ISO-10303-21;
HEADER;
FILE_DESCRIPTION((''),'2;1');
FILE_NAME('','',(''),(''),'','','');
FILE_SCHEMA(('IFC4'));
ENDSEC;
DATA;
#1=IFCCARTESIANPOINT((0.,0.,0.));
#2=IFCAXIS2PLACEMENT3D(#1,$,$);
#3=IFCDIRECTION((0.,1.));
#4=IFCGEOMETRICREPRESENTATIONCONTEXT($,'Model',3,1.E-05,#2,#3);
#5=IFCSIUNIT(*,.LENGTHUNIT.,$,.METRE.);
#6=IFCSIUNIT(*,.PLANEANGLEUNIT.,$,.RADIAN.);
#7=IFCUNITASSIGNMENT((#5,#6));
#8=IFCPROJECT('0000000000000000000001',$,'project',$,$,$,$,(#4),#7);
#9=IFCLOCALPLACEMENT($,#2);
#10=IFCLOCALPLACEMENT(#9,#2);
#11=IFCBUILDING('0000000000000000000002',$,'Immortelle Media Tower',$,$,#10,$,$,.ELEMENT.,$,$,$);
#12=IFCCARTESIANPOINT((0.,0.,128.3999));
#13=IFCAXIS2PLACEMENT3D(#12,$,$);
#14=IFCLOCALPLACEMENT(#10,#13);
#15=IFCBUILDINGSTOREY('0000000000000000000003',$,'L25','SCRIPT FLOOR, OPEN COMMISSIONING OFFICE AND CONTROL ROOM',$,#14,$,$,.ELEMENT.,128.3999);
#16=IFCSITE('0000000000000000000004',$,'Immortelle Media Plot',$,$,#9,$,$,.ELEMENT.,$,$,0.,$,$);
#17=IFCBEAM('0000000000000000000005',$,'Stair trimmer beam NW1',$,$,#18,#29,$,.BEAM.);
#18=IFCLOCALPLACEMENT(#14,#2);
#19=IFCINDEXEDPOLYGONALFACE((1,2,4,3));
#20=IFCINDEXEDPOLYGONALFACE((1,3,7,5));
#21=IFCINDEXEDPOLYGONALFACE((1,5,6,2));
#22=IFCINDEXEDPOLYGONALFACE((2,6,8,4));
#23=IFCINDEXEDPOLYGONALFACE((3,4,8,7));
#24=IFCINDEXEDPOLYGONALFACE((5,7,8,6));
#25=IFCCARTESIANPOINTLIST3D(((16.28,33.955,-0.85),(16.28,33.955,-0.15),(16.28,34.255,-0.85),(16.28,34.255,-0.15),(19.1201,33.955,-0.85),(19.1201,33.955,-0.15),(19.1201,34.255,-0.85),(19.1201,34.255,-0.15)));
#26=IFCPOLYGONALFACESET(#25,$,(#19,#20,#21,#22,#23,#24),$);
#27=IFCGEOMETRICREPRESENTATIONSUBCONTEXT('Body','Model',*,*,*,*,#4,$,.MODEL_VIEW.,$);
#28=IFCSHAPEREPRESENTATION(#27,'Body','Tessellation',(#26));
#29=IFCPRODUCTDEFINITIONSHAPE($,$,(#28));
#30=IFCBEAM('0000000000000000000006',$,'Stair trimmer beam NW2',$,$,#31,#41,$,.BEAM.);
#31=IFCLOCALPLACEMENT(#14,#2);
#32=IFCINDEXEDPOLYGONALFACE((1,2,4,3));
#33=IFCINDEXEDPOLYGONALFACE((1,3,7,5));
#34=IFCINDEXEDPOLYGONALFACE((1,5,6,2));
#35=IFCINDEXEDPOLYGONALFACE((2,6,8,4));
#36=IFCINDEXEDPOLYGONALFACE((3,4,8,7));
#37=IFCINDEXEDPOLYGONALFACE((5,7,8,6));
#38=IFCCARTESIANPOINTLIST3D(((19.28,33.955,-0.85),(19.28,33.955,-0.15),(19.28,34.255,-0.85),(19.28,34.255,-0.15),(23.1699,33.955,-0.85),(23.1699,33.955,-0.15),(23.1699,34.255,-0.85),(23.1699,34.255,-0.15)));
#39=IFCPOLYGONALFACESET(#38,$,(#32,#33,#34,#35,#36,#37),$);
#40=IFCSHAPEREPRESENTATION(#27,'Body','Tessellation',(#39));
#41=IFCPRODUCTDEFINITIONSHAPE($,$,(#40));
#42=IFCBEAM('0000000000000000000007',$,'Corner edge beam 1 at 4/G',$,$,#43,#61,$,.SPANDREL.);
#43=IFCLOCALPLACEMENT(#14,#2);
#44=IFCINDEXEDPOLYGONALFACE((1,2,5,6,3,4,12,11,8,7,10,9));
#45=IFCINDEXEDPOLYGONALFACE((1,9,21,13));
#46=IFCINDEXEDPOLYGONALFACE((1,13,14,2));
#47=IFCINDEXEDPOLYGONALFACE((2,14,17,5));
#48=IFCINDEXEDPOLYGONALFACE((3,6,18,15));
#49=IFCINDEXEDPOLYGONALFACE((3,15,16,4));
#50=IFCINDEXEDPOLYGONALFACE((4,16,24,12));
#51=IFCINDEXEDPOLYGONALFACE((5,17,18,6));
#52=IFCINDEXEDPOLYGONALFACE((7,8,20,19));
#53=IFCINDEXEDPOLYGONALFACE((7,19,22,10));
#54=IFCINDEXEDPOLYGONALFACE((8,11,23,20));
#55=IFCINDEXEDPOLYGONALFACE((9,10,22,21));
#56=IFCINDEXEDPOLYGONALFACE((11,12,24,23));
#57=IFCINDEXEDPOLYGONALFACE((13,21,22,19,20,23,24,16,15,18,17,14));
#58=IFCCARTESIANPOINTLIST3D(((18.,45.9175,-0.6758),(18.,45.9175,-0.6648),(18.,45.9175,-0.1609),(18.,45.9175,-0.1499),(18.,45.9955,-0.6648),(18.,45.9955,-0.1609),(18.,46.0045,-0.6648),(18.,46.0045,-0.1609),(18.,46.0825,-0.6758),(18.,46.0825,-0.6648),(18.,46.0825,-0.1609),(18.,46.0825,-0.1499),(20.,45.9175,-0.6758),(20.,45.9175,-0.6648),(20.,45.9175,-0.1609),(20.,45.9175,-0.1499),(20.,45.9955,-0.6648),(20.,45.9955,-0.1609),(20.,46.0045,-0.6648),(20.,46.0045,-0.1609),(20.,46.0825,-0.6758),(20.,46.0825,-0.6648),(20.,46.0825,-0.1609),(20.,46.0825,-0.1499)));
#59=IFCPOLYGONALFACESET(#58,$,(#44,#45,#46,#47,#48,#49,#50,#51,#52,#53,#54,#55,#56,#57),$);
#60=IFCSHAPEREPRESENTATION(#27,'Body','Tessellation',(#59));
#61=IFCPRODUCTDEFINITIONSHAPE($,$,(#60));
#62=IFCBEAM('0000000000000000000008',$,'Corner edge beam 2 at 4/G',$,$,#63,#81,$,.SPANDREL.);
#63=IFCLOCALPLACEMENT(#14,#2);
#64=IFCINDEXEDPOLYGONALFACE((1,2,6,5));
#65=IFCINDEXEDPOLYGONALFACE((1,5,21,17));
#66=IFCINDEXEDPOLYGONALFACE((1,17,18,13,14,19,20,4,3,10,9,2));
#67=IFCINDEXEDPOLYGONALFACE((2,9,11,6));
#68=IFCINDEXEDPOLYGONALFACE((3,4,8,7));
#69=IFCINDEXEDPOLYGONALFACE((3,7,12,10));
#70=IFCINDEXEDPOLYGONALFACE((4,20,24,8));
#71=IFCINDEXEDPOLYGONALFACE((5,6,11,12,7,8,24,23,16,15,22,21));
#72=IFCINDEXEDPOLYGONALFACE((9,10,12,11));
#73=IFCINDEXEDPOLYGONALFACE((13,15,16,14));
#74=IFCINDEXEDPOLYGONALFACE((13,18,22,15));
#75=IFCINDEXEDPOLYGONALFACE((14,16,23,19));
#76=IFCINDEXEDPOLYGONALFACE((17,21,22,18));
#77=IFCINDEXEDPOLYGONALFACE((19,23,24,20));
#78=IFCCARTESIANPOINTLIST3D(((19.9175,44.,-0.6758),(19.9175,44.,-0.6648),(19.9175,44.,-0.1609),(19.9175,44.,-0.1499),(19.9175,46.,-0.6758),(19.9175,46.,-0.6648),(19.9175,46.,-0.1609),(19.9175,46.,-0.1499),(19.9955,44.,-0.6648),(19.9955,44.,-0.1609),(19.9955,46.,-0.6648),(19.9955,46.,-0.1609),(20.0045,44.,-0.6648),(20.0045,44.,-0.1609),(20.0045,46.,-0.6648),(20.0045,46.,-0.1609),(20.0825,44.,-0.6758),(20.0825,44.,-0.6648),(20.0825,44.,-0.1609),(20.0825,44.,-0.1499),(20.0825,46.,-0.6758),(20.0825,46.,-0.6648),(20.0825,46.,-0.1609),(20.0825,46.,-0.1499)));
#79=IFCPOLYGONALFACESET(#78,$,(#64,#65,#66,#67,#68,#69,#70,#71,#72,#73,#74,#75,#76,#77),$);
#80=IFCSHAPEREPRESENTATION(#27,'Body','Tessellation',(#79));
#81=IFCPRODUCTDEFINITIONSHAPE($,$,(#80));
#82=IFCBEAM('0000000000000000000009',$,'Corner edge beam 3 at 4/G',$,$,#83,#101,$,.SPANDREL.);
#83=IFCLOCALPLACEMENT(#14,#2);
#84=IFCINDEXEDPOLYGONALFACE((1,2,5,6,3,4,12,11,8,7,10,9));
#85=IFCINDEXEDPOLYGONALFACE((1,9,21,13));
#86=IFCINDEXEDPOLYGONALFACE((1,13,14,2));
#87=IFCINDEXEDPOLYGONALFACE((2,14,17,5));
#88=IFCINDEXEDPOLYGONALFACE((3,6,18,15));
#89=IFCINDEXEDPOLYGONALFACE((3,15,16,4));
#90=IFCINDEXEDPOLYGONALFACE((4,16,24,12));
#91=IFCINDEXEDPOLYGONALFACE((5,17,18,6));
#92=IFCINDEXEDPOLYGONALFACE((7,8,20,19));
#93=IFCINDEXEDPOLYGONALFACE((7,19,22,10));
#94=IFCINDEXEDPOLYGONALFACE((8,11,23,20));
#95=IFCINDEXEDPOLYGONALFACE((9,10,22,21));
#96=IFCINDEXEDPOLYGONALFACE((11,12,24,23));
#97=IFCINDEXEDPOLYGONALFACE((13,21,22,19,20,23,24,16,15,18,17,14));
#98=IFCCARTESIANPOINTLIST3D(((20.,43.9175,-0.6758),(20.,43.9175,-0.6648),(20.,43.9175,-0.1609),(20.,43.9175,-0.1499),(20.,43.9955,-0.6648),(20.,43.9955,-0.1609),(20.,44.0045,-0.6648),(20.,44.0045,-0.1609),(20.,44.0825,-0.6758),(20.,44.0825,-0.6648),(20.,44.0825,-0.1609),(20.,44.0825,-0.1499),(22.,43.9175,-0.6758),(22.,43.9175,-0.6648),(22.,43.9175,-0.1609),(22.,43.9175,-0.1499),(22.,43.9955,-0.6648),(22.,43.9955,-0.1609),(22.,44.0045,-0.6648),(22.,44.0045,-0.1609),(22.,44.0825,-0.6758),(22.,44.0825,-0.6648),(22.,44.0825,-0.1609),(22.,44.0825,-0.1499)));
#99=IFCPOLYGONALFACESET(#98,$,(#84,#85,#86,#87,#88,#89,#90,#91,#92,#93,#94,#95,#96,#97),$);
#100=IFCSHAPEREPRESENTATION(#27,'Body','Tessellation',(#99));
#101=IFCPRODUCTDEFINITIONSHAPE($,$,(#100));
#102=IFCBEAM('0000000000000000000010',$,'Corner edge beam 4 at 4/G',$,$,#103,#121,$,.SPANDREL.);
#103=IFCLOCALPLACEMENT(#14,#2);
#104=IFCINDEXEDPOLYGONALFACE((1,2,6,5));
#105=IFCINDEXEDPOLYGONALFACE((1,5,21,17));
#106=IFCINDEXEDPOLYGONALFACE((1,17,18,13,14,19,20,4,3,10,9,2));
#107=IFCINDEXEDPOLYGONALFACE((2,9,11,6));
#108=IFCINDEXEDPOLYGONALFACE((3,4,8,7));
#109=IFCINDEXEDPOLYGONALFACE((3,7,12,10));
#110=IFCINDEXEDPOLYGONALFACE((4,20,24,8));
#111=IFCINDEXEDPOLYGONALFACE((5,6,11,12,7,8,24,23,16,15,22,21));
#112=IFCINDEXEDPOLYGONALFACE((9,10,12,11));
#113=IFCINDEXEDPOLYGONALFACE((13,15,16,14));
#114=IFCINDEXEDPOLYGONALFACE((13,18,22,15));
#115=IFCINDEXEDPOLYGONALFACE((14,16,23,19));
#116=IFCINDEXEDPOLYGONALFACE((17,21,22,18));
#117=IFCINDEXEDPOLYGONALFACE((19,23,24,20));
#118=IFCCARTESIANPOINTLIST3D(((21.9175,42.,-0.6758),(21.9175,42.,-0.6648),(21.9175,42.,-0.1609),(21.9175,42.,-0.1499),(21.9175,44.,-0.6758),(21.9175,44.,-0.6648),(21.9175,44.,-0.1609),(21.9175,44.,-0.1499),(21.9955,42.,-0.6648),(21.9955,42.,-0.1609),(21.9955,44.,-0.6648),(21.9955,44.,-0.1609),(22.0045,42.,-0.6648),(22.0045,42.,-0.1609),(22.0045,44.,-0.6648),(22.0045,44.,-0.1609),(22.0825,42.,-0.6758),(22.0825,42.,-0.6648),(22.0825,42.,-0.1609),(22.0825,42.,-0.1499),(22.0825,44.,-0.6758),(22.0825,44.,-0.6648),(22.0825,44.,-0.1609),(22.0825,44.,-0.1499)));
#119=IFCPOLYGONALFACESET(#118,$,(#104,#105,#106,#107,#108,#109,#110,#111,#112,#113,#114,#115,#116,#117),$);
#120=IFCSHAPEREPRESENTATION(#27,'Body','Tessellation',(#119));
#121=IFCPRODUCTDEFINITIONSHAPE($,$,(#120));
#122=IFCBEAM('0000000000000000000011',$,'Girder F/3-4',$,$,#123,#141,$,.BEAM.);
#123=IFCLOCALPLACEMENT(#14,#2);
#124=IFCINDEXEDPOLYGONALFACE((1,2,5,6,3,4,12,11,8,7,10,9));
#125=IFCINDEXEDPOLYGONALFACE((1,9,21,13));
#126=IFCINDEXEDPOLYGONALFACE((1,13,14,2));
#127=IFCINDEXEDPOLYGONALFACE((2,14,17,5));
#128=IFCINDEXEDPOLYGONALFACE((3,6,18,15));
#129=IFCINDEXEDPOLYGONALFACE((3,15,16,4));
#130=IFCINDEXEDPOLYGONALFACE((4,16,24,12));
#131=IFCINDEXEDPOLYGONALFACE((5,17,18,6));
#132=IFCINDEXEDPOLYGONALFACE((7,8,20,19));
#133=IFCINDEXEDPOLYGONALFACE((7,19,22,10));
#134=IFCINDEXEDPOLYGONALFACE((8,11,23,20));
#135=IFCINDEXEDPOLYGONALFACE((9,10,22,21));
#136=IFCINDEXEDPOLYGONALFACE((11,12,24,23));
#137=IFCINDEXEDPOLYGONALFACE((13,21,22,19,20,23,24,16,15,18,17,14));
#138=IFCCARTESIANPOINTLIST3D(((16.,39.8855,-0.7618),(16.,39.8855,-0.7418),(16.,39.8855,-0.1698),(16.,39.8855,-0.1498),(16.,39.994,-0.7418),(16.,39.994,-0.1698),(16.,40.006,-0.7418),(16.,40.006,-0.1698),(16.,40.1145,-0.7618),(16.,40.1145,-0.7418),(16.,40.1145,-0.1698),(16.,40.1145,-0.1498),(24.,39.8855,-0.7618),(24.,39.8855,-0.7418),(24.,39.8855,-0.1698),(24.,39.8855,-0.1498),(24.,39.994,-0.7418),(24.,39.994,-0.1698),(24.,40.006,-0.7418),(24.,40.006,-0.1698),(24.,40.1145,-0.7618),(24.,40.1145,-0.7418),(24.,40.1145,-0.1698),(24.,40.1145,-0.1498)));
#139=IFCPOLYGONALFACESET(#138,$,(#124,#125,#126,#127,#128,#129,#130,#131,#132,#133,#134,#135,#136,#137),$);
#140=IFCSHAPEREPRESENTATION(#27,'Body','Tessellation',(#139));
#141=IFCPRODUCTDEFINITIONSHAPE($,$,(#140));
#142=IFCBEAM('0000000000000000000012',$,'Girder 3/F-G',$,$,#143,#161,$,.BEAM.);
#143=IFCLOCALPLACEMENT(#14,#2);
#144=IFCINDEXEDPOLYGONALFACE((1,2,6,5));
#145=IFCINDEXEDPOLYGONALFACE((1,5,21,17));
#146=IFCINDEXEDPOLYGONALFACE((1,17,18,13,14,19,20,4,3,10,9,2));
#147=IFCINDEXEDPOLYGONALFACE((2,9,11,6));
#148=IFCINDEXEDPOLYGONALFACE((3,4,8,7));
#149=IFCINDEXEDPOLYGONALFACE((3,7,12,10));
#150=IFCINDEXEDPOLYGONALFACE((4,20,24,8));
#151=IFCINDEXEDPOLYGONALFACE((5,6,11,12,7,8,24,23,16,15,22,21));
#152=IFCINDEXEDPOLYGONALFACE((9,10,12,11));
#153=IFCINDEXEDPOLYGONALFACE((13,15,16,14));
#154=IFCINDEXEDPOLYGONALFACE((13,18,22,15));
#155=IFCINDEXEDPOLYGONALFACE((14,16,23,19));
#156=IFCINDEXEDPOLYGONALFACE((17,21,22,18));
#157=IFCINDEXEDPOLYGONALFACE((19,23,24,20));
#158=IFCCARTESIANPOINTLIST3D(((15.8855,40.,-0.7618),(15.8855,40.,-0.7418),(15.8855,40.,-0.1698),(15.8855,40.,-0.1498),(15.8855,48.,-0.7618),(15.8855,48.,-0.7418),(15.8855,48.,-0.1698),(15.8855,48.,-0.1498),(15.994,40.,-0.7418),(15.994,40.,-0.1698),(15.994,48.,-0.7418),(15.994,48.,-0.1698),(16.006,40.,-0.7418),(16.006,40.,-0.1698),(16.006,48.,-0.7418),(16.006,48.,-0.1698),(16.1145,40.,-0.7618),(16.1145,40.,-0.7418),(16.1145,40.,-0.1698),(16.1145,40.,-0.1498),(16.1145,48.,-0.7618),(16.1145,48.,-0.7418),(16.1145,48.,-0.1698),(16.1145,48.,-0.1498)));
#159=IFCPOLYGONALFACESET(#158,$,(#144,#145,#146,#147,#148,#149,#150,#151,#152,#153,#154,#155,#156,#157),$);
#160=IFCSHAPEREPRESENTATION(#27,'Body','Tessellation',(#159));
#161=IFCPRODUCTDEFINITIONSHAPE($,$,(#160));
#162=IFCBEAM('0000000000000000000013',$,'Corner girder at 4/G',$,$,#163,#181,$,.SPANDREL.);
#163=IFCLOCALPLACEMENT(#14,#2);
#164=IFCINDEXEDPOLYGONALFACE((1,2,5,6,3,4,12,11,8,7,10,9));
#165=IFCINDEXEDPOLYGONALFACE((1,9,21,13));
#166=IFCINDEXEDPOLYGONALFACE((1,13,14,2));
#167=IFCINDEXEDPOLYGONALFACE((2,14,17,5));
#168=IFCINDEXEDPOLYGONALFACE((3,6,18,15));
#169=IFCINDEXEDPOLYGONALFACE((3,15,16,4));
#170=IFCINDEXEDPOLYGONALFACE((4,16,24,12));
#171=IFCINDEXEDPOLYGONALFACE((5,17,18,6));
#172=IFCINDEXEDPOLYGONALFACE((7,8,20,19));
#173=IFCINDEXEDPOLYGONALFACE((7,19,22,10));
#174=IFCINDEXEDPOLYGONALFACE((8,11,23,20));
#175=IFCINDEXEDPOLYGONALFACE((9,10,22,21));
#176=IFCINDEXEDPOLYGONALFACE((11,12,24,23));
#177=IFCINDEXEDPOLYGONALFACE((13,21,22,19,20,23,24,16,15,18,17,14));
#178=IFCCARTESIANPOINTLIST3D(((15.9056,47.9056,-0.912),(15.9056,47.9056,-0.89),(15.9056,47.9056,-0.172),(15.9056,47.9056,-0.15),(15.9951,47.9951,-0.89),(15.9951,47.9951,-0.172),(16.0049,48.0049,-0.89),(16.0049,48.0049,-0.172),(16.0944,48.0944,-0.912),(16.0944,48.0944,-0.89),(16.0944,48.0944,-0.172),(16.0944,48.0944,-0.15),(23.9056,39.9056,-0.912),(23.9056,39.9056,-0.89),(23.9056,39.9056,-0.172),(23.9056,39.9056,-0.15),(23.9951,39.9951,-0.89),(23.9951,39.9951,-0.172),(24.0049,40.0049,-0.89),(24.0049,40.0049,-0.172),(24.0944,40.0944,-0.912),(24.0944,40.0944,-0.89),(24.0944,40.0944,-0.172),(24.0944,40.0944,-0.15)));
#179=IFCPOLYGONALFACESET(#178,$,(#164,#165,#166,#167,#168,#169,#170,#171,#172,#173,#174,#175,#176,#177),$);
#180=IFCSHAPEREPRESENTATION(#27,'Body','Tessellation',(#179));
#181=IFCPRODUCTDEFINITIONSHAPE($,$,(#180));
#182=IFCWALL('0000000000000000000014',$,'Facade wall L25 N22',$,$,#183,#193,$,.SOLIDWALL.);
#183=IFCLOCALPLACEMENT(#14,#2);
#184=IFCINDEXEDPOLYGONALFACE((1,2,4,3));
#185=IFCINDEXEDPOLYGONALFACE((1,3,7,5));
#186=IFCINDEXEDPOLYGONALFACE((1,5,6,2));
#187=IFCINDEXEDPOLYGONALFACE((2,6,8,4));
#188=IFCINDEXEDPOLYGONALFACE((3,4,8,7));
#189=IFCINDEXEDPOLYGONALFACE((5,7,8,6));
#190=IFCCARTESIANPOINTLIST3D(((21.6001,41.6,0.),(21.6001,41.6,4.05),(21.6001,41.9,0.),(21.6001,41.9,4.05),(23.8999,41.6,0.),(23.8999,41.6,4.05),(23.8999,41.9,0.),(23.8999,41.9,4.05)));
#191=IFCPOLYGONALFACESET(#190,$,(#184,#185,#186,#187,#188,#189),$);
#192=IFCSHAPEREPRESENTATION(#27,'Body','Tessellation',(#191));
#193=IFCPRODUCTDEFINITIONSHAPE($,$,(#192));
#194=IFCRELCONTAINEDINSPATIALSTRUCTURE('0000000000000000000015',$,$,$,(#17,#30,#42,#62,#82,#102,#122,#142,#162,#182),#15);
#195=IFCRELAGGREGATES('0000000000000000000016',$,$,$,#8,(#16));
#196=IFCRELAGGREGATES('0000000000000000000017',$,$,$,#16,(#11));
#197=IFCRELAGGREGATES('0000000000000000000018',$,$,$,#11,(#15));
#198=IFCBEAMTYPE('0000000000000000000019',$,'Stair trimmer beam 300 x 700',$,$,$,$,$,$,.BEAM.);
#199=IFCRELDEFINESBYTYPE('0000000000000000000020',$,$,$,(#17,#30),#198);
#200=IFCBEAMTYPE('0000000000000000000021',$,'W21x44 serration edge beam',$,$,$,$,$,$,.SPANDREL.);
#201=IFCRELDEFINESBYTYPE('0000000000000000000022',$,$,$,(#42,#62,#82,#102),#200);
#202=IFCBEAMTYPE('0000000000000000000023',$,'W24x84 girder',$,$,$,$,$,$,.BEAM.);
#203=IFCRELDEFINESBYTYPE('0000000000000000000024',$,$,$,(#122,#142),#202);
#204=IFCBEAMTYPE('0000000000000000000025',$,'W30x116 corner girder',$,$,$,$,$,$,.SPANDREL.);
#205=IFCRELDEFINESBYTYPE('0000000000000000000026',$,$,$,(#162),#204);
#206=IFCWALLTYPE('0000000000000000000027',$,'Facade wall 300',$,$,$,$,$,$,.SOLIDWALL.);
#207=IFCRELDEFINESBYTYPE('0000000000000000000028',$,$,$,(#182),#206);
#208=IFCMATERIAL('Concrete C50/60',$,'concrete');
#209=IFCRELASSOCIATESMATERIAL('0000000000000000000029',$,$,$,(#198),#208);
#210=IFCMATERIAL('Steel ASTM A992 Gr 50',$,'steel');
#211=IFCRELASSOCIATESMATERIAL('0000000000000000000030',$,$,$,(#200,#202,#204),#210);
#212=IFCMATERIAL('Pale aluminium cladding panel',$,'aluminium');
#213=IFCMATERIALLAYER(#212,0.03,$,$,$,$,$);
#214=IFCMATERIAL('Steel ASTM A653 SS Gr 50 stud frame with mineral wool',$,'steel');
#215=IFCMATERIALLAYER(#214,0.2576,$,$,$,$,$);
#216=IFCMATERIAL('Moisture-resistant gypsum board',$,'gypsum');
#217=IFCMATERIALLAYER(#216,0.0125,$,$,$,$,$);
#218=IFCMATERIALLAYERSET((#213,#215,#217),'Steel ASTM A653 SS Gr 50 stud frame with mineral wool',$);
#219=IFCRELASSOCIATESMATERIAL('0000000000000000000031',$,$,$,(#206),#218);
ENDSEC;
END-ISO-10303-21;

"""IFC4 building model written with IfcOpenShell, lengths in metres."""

from ifc_helpers import new_model, si_unit, direction, frame, frame_2d, origin, origin_2d, place, context, subcontext, project, spatial, rectangle, i_section, extrude, material, layer, layer_set, material_profile, profile_set, type_object, element, save


model = new_model("IFC4")

# Units and contexts
model_context = context("Model", 3, precision=1e-05, world=origin(), true_north=direction((0.0, 1.0)))
body_context = subcontext(model_context, "Body", "Model", "MODEL_VIEW")
ifc_project = project(units=[si_unit("LENGTHUNIT", "METRE"), si_unit("PLANEANGLEUNIT", "RADIAN")], contexts=[model_context])

# Site, building, storey
site_placement = place(None, origin())
site = spatial("IfcSite", under=ifc_project, at=site_placement, Name="Immortelle Media Plot", CompositionType="ELEMENT", RefElevation=0.0)
building_placement = place(site_placement, origin())
building = spatial("IfcBuilding", under=site, at=building_placement, Name="Immortelle Media Tower", CompositionType="ELEMENT")
storey_placement = place(building_placement, frame((0.0, 0.0, 128.3999)))
storey = spatial("IfcBuildingStorey", under=building, at=storey_placement, Name="L25", Description="SCRIPT FLOOR, OPEN COMMISSIONING OFFICE AND CONTROL ROOM", CompositionType="ELEMENT", Elevation=128.3999)

# Beams
ifc_material_1 = material(Name="Concrete C50/60", Category="concrete")
ifc_material_profile_1 = material_profile(ifc_material_1, rectangle(XDim=0.3, YDim=0.7, at=origin_2d()), Name="RC 300x700")
ifc_profile_set_1 = profile_set([ifc_material_profile_1], Name="Concrete C50/60")
beam_type_1 = type_object("IfcBeamType", Name="Stair trimmer beam 300 x 700", PredefinedType="BEAM", material=ifc_profile_set_1)
beam_1_placement = place(storey_placement, frame((16.28, 34.105, -0.5), z_axis=(1.0, 0.0, 0.0), x_axis=(0.0, 1.0, 0.0)))
element("IfcBeam", 1, at=beam_1_placement, inside=storey, type_object=beam_type_1, Name="Stair trimmer beam NW1", PredefinedType="BEAM", context=body_context, shape_type="SweptSolid", body=[
    extrude(rectangle(XDim=0.3, YDim=0.7, at=origin_2d()), origin(), (0.0, 0.0, 1.0), 2.8401),
])
beam_2_placement = place(storey_placement, frame((19.28, 34.105, -0.5), z_axis=(1.0, 0.0, 0.0), x_axis=(0.0, 1.0, 0.0)))
element("IfcBeam", 2, at=beam_2_placement, inside=storey, type_object=beam_type_1, Name="Stair trimmer beam NW2", PredefinedType="BEAM", context=body_context, shape_type="SweptSolid", body=[
    extrude(rectangle(XDim=0.3, YDim=0.7, at=origin_2d()), origin(), (0.0, 0.0, 1.0), 3.8899),
])
ifc_material_2 = material(Name="Steel ASTM A992 Gr 50", Category="steel")
ifc_material_profile_2 = material_profile(ifc_material_2, i_section(OverallWidth=0.165, OverallDepth=0.5259, WebThickness=0.009, FlangeThickness=0.011, at=origin_2d()), Name="W21x44")
ifc_profile_set_2 = profile_set([ifc_material_profile_2], Name="Steel ASTM A992 Gr 50")
beam_type_2 = type_object("IfcBeamType", Name="W21x44 serration edge beam", PredefinedType="SPANDREL", material=ifc_profile_set_2)
for number, where, z_axis, x_axis, name in (
    (3, (18.0, 46.0, -0.4128), (1.0, 0.0, 0.0), (0.0, 1.0, 0.0), "Corner edge beam 1 at 4/G"),
    (4, (20.0, 46.0, -0.4128), (0.0, -1.0, 0.0), (1.0, 0.0, 0.0), "Corner edge beam 2 at 4/G"),
    (5, (20.0, 44.0, -0.4128), (1.0, 0.0, 0.0), (0.0, 1.0, 0.0), "Corner edge beam 3 at 4/G"),
    (6, (22.0, 44.0, -0.4128), (0.0, -1.0, 0.0), (1.0, 0.0, 0.0), "Corner edge beam 4 at 4/G"),
):
    element("IfcBeam", number, at=place(storey_placement, frame(where, z_axis=z_axis, x_axis=x_axis)), inside=storey, type_object=beam_type_2, Name=name, PredefinedType="SPANDREL", context=body_context, shape_type="SweptSolid", body=[
        extrude(i_section(OverallWidth=0.165, OverallDepth=0.5259, WebThickness=0.009, FlangeThickness=0.011, at=origin_2d()), origin(), (0.0, 0.0, 1.0), 2.0),
    ])
ifc_material_profile_3 = material_profile(ifc_material_2, i_section(OverallWidth=0.229, OverallDepth=0.6121, WebThickness=0.012, FlangeThickness=0.02, at=origin_2d()), Name="W24x84")
ifc_profile_set_3 = profile_set([ifc_material_profile_3], Name="Steel ASTM A992 Gr 50")
beam_type_3 = type_object("IfcBeamType", Name="W24x84 girder", PredefinedType="BEAM", material=ifc_profile_set_3)
for number, where, z_axis, x_axis, name in (
    (7, (16.0, 40.0, -0.4558), (1.0, 0.0, 0.0), (0.0, 1.0, 0.0), "Girder F/3-4"),
    (8, (16.0, 40.0, -0.4558), (0.0, 1.0, 0.0), (-1.0, 0.0, 0.0), "Girder 3/F-G"),
):
    element("IfcBeam", number, at=place(storey_placement, frame(where, z_axis=z_axis, x_axis=x_axis)), inside=storey, type_object=beam_type_3, Name=name, PredefinedType="BEAM", context=body_context, shape_type="SweptSolid", body=[
        extrude(i_section(OverallWidth=0.229, OverallDepth=0.6121, WebThickness=0.012, FlangeThickness=0.02, at=origin_2d()), origin(), (0.0, 0.0, 1.0), 8.0),
    ])
ifc_material_profile_4 = material_profile(ifc_material_2, i_section(OverallWidth=0.2671, OverallDepth=0.762, WebThickness=0.0139, FlangeThickness=0.022, at=origin_2d()), Name="W30x116")
ifc_profile_set_4 = profile_set([ifc_material_profile_4], Name="Steel ASTM A992 Gr 50")
beam_type_4 = type_object("IfcBeamType", Name="W30x116 corner girder", PredefinedType="SPANDREL", material=ifc_profile_set_4)
beam_3_placement = place(storey_placement, frame((16.0, 48.0, -0.531), z_axis=(0.707107, -0.707107, 0.0), x_axis=(0.707107, 0.707107, 0.0)))
element("IfcBeam", 9, at=beam_3_placement, inside=storey, type_object=beam_type_4, Name="Corner girder at 4/G", PredefinedType="SPANDREL", context=body_context, shape_type="SweptSolid", body=[
    extrude(i_section(OverallWidth=0.2671, OverallDepth=0.762, WebThickness=0.0139, FlangeThickness=0.022, at=origin_2d()), origin(), (0.0, 0.0, 1.0), 11.3137),
])

# Wall
ifc_material_3 = material(Name="Pale aluminium cladding panel", Category="aluminium")
ifc_layer_1 = layer(ifc_material_3, 0.03)
ifc_material_4 = material(Name="Steel ASTM A653 SS Gr 50 stud frame with mineral wool", Category="steel")
ifc_layer_2 = layer(ifc_material_4, 0.2576)
ifc_material_5 = material(Name="Moisture-resistant gypsum board", Category="gypsum")
ifc_layer_3 = layer(ifc_material_5, 0.0125)
ifc_layer_set_1 = layer_set([ifc_layer_1, ifc_layer_2, ifc_layer_3], Name="Steel ASTM A653 SS Gr 50 stud frame with mineral wool")
wall_type_1 = type_object("IfcWallType", Name="Facade wall 300", PredefinedType="SOLIDWALL", material=ifc_layer_set_1)
wall_1_placement = place(storey_placement, frame((23.8999, 41.75, 0.0), z_axis=(0.0, 0.0, 1.0), x_axis=(-1.0, 0.0, 0.0)))
element("IfcWall", 10, at=wall_1_placement, inside=storey, type_object=wall_type_1, Name="Facade wall L25 N22", PredefinedType="SOLIDWALL", context=body_context, shape_type="SweptSolid", body=[
    extrude(rectangle(XDim=2.2998, YDim=0.3, at=frame_2d((1.1499, 0.0))), origin(), (0.0, 0.0, 1.0), 4.05),
])

save(model, "model.ifc")
